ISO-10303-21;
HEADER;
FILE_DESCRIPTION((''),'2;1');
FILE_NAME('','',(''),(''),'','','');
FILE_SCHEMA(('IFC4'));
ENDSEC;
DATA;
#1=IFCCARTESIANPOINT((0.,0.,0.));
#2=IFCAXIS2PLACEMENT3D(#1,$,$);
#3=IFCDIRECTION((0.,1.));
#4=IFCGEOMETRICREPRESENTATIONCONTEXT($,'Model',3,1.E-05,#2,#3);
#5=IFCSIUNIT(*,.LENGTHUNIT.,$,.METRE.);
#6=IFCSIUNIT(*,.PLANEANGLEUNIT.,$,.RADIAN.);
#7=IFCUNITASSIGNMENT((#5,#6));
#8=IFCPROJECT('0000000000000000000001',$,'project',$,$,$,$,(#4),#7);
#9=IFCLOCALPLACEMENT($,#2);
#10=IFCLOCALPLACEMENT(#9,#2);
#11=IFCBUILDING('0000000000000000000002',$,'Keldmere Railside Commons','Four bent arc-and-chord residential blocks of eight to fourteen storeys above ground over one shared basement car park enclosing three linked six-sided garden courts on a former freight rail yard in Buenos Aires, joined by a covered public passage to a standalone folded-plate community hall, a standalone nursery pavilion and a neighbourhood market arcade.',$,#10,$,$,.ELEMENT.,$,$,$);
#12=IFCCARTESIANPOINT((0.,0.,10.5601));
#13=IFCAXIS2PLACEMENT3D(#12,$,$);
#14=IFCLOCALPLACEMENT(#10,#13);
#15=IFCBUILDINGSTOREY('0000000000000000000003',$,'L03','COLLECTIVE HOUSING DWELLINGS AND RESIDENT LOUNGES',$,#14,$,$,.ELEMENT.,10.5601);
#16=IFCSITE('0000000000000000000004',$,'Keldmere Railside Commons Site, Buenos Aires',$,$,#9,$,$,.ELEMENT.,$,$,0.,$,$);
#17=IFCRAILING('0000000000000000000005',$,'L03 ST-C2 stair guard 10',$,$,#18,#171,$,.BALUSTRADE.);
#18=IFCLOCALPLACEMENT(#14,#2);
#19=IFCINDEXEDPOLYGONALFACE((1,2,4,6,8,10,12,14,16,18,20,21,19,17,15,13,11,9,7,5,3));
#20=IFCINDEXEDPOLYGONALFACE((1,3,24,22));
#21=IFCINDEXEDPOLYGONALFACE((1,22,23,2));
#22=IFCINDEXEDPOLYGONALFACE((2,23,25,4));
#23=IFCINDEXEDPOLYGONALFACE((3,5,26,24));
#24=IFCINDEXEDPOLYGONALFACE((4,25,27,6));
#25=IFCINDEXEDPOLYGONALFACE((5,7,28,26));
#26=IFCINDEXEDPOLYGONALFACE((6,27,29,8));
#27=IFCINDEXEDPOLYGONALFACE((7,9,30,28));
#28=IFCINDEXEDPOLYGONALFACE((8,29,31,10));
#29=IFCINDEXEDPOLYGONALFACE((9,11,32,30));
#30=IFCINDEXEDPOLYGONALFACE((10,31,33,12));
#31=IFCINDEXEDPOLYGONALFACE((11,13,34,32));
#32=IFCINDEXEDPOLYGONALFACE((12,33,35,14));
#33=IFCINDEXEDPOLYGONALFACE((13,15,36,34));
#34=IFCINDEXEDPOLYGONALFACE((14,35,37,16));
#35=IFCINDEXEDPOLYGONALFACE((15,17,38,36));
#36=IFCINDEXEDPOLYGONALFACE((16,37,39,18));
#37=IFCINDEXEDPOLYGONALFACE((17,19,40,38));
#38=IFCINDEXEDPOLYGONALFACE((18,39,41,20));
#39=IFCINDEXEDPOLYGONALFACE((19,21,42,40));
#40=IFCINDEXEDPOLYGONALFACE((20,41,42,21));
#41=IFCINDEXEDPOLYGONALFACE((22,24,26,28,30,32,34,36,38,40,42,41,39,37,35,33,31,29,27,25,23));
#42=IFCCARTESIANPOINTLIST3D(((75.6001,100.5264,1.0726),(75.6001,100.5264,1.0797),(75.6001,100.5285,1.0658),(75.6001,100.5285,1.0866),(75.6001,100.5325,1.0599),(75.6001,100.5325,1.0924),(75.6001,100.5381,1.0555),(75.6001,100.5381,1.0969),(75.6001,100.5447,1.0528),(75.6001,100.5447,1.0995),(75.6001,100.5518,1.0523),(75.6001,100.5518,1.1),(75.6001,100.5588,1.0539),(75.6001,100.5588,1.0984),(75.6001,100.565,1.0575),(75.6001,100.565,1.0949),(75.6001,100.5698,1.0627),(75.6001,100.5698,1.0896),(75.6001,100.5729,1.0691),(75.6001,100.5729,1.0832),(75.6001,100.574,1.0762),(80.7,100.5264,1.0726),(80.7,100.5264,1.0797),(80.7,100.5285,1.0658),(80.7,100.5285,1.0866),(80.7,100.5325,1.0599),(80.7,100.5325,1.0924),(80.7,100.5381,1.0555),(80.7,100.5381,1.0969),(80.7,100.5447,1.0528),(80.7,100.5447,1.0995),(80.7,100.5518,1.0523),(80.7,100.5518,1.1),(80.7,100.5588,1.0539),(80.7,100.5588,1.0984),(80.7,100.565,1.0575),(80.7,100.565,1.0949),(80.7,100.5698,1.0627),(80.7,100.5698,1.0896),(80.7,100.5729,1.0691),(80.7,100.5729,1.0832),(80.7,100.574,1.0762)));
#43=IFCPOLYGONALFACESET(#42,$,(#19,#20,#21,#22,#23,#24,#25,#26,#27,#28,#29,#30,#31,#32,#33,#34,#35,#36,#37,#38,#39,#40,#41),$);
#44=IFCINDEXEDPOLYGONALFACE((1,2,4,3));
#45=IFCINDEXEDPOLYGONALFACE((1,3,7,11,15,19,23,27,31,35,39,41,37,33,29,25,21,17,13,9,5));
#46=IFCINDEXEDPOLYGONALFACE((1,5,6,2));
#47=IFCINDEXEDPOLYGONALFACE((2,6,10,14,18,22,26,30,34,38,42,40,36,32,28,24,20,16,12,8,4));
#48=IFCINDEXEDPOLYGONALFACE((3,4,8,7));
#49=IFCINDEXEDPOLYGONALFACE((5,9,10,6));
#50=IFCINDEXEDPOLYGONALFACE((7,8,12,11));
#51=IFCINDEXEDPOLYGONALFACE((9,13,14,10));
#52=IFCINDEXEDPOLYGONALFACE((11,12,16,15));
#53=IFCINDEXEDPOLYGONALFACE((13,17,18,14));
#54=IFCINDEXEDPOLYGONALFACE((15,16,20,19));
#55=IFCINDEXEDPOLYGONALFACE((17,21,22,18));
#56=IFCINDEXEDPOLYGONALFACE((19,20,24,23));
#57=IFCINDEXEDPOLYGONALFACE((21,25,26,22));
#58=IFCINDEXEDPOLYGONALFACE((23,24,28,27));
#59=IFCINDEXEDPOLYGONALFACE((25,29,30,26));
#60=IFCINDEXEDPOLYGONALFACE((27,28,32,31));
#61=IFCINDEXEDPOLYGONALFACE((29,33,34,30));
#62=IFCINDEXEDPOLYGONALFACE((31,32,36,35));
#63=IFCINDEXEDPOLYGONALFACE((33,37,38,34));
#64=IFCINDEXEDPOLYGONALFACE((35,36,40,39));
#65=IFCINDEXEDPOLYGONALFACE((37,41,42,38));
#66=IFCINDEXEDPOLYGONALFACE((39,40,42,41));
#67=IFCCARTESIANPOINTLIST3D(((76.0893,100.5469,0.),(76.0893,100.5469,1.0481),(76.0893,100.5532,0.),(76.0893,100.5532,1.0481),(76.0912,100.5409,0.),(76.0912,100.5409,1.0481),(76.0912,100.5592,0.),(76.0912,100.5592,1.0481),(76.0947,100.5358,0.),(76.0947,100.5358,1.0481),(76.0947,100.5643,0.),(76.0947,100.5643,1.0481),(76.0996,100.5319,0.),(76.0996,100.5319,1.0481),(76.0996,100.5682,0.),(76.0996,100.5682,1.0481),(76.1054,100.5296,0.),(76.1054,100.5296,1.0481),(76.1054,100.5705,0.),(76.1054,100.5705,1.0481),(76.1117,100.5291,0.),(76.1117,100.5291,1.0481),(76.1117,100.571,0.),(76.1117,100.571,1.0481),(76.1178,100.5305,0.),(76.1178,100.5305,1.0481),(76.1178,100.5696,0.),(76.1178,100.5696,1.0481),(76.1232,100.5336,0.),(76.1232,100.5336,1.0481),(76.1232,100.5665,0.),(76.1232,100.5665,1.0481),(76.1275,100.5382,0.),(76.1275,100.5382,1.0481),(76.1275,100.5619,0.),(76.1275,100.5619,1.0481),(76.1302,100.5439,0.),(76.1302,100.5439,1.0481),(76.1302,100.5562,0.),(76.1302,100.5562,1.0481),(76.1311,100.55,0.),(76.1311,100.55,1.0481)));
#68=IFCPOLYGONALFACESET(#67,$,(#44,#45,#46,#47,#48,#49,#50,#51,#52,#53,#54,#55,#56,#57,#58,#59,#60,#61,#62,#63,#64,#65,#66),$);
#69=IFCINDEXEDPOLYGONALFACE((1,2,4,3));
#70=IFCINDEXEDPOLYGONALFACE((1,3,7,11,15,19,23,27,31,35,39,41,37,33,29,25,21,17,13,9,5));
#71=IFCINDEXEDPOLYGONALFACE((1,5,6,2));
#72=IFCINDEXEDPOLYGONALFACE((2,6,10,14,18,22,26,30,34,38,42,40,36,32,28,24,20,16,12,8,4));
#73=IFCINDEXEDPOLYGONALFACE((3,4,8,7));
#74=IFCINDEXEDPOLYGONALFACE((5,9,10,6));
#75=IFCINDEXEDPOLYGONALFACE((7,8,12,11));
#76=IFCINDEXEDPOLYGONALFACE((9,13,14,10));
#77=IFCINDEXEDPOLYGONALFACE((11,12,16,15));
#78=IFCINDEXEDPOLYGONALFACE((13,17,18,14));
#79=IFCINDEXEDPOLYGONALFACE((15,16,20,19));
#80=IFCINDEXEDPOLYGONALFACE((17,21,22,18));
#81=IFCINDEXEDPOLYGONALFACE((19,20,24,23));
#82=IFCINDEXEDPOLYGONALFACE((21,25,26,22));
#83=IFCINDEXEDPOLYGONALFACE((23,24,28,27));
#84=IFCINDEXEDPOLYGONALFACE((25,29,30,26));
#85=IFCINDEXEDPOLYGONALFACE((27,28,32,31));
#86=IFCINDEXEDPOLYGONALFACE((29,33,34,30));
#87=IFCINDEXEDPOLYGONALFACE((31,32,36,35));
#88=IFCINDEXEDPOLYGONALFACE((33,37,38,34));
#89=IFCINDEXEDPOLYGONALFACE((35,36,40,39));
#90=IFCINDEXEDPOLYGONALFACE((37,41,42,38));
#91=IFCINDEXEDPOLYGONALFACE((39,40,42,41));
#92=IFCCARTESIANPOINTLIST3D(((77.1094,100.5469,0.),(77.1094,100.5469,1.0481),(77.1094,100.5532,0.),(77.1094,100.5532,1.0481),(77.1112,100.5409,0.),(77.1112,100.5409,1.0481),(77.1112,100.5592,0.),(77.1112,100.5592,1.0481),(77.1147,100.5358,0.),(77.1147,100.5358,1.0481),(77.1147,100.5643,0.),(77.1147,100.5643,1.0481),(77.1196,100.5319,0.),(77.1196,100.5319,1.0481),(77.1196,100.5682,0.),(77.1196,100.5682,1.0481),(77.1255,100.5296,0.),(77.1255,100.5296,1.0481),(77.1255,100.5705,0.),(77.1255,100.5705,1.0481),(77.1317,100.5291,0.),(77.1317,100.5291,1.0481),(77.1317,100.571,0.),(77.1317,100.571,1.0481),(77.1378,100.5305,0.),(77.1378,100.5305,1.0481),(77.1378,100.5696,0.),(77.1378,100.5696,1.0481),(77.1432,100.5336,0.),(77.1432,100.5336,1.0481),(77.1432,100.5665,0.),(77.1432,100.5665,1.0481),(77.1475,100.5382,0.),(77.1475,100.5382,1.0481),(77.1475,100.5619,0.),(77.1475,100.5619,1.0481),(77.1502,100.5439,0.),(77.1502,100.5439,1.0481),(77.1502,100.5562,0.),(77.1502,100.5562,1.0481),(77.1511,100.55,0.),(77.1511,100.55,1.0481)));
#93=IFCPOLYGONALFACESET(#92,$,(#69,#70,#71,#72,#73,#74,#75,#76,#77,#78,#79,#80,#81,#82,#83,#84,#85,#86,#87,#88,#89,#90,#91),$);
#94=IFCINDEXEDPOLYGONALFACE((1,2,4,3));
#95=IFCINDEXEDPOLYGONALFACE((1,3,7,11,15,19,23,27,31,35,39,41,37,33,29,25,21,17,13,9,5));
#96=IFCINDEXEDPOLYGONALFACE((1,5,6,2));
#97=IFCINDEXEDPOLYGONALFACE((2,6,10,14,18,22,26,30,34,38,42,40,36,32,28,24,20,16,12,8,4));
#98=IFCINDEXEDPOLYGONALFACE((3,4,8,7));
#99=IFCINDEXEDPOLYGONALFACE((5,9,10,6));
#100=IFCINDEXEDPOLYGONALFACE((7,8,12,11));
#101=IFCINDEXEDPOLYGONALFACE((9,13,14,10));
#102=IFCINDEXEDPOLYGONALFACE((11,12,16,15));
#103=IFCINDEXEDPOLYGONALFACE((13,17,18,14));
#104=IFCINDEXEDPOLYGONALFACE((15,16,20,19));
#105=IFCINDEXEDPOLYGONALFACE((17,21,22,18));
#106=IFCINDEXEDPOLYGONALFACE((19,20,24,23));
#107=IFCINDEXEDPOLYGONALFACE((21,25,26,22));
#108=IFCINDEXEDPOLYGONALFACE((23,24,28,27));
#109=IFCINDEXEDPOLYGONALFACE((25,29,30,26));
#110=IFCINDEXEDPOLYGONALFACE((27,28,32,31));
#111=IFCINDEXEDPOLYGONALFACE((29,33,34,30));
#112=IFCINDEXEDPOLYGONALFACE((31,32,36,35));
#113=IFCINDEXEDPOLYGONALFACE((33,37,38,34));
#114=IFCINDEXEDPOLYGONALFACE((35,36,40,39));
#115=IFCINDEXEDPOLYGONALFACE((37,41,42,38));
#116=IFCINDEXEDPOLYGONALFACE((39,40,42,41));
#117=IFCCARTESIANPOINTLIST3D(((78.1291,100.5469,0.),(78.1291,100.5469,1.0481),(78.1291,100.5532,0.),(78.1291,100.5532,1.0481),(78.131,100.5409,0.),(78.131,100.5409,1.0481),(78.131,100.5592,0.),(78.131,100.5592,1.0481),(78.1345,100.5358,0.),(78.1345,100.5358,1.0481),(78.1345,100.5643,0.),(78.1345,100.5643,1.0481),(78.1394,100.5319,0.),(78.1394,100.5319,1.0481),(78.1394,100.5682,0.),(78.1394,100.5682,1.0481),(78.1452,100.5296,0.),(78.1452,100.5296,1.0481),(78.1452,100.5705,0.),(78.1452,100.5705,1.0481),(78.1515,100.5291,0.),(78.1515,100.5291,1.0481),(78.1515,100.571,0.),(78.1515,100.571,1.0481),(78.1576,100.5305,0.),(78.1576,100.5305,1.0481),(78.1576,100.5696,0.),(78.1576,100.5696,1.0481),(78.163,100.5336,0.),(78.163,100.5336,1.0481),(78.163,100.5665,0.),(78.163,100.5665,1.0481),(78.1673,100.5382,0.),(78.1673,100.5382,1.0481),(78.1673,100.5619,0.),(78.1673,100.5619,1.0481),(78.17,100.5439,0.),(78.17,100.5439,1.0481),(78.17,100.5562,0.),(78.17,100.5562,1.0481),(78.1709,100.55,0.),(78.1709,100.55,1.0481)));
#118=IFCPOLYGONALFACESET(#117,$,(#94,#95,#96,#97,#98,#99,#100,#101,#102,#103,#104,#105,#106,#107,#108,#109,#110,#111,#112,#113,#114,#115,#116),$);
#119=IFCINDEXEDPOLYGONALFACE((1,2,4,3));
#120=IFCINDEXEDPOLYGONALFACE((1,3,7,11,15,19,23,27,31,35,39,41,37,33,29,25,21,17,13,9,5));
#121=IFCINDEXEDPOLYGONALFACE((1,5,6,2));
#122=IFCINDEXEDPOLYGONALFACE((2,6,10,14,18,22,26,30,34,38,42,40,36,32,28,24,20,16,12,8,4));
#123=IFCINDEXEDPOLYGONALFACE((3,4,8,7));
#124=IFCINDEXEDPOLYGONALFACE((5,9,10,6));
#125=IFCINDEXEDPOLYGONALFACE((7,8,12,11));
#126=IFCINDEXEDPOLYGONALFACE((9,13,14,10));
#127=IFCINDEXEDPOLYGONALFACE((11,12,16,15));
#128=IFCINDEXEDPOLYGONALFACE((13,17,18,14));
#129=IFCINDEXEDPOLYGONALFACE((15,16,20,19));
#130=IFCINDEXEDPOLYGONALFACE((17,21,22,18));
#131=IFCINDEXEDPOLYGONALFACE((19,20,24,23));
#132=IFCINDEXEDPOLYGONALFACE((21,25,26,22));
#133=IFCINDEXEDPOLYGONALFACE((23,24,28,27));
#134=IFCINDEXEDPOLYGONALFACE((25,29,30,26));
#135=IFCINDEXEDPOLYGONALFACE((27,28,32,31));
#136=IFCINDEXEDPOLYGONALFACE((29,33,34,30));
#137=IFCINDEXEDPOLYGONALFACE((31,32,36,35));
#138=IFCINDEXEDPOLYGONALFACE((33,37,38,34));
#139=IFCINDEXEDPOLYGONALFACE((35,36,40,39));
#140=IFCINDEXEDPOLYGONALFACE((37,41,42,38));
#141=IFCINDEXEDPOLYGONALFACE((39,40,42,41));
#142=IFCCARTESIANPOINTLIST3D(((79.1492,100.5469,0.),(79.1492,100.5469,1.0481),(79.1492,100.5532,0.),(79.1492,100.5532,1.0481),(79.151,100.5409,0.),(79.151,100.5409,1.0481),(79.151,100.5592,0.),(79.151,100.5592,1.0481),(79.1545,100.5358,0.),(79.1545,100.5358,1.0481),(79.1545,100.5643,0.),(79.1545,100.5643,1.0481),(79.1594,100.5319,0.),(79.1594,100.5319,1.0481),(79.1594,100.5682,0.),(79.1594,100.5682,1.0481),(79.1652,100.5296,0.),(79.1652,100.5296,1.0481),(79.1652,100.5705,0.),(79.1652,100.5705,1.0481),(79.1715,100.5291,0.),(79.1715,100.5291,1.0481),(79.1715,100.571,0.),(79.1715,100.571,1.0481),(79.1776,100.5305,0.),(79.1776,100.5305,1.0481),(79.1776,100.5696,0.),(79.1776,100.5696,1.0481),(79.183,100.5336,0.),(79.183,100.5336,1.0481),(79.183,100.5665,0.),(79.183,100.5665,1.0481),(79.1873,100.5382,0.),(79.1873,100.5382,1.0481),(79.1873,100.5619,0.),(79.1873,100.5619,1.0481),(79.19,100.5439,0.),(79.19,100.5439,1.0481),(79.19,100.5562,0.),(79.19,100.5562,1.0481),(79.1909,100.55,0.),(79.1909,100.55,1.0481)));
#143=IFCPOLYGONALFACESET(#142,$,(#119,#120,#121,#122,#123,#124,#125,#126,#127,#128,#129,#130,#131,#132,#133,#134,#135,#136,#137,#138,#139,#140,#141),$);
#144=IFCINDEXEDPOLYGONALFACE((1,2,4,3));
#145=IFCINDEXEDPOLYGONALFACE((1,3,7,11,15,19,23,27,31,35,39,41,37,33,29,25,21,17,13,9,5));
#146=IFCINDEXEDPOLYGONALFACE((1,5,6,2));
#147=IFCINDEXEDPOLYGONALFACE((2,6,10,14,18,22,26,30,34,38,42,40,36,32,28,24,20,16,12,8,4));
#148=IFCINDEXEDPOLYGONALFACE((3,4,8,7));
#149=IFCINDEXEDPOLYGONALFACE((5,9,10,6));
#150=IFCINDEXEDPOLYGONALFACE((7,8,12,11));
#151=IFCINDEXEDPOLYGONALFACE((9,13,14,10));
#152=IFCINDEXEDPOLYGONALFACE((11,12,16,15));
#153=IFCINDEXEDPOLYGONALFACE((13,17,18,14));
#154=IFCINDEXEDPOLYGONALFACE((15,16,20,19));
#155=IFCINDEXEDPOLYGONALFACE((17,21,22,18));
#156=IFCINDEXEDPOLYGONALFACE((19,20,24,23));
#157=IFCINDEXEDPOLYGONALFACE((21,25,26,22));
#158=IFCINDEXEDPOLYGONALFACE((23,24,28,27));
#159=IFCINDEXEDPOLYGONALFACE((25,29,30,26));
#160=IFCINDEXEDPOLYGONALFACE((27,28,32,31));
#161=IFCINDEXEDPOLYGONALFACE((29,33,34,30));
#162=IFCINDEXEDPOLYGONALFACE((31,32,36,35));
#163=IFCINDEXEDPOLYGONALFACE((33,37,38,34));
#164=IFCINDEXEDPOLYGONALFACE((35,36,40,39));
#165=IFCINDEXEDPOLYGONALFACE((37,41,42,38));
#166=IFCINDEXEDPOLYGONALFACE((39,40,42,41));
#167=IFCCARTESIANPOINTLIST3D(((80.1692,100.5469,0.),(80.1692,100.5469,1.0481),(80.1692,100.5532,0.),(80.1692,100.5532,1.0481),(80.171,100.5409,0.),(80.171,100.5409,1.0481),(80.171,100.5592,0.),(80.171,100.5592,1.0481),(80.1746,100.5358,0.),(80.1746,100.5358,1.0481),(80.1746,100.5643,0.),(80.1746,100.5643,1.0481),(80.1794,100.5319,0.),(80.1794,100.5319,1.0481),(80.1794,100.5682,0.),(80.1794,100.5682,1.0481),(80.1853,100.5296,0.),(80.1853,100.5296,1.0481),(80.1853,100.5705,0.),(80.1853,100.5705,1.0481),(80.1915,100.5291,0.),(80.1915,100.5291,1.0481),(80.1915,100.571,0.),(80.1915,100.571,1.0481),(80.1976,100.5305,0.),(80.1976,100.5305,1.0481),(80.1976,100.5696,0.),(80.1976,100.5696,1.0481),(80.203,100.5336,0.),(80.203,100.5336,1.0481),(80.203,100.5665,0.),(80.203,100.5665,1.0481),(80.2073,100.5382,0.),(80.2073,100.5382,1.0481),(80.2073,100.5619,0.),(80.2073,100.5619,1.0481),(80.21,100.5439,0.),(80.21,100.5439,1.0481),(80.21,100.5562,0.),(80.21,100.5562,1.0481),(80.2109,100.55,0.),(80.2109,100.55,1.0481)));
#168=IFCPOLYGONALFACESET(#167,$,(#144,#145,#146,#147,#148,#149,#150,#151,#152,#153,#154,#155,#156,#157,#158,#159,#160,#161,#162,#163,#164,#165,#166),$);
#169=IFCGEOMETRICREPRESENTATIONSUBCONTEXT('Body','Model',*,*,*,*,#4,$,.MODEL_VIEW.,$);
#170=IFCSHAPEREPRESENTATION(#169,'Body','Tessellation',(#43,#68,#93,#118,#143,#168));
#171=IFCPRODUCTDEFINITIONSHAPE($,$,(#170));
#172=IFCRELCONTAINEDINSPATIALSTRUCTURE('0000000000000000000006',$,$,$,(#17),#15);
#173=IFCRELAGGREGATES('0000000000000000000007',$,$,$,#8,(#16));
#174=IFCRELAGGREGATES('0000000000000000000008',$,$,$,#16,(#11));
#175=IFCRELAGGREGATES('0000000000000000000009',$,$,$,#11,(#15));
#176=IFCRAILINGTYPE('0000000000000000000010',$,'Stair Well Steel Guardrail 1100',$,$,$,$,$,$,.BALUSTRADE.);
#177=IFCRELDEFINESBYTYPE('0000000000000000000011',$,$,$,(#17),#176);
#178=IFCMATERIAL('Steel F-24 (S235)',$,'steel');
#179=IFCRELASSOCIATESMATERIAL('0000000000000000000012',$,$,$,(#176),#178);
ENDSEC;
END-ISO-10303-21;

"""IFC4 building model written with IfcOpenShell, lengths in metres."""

from ifc_helpers import new_model, si_unit, direction, frame, origin, origin_2d, place, context, subcontext, project, spatial, circle, extrude, material, type_object, element, save


model = new_model("IFC4")

# Units and contexts
model_context = context("Model", 3, precision=1e-05, world=origin(), true_north=direction((0.0, 1.0)))
body_context = subcontext(model_context, "Body", "Model", "MODEL_VIEW")
ifc_project = project(units=[si_unit("LENGTHUNIT", "METRE"), si_unit("PLANEANGLEUNIT", "RADIAN")], contexts=[model_context])

# Site, building, storey
site_placement = place(None, origin())
site = spatial("IfcSite", under=ifc_project, at=site_placement, Name="Keldmere Railside Commons Site, Buenos Aires", CompositionType="ELEMENT", RefElevation=0.0)
building_placement = place(site_placement, origin())
building = spatial("IfcBuilding", under=site, at=building_placement, Name="Keldmere Railside Commons", Description="Four bent arc-and-chord residential blocks of eight to fourteen storeys above ground over one shared basement car park enclosing three linked six-sided garden courts on a former freight rail yard in Buenos Aires, joined by a covered public passage to a standalone folded-plate community hall, a standalone nursery pavilion and a neighbourhood market arcade.", CompositionType="ELEMENT")
storey_placement = place(building_placement, frame((0.0, 0.0, 10.5601)))
storey = spatial("IfcBuildingStorey", under=building, at=storey_placement, Name="L03", Description="COLLECTIVE HOUSING DWELLINGS AND RESIDENT LOUNGES", CompositionType="ELEMENT", Elevation=10.5601)

# Railing
ifc_material_1 = material(Name="Steel F-24 (S235)", Category="steel")
railing_type_1 = type_object("IfcRailingType", Name="Stair Well Steel Guardrail 1100", PredefinedType="BALUSTRADE", material=ifc_material_1)
railing_1_placement = place(storey_placement, frame((75.6001, 100.55, 0.0)))
element("IfcRailing", 1, at=railing_1_placement, inside=storey, type_object=railing_type_1, Name="L03 ST-C2 stair guard 10", PredefinedType="BALUSTRADE", context=body_context, shape_type="SweptSolid", body=[
    extrude(circle(Radius=0.0239, at=origin_2d()), frame((0.0, 0.0, 1.0762), z_axis=(1.0, 0.0, 0.0), x_axis=(0.0, 1.0, 0.0)), (0.0, 0.0, 1.0), 5.0999),
    extrude(circle(Radius=0.021, at=origin_2d()), frame((0.51, 0.0, 0.0)), (0.0, 0.0, 1.0), 1.0481),
    extrude(circle(Radius=0.021, at=origin_2d()), frame((1.53, 0.0, 0.0)), (0.0, 0.0, 1.0), 1.0481),
    extrude(circle(Radius=0.021, at=origin_2d()), frame((2.5498, 0.0, 0.0)), (0.0, 0.0, 1.0), 1.0481),
    extrude(circle(Radius=0.021, at=origin_2d()), frame((3.5698, 0.0, 0.0)), (0.0, 0.0, 1.0), 1.0481),
    extrude(circle(Radius=0.021, at=origin_2d()), frame((4.5898, 0.0, 0.0)), (0.0, 0.0, 1.0), 1.0481),
])

save(model, "model.ifc")
